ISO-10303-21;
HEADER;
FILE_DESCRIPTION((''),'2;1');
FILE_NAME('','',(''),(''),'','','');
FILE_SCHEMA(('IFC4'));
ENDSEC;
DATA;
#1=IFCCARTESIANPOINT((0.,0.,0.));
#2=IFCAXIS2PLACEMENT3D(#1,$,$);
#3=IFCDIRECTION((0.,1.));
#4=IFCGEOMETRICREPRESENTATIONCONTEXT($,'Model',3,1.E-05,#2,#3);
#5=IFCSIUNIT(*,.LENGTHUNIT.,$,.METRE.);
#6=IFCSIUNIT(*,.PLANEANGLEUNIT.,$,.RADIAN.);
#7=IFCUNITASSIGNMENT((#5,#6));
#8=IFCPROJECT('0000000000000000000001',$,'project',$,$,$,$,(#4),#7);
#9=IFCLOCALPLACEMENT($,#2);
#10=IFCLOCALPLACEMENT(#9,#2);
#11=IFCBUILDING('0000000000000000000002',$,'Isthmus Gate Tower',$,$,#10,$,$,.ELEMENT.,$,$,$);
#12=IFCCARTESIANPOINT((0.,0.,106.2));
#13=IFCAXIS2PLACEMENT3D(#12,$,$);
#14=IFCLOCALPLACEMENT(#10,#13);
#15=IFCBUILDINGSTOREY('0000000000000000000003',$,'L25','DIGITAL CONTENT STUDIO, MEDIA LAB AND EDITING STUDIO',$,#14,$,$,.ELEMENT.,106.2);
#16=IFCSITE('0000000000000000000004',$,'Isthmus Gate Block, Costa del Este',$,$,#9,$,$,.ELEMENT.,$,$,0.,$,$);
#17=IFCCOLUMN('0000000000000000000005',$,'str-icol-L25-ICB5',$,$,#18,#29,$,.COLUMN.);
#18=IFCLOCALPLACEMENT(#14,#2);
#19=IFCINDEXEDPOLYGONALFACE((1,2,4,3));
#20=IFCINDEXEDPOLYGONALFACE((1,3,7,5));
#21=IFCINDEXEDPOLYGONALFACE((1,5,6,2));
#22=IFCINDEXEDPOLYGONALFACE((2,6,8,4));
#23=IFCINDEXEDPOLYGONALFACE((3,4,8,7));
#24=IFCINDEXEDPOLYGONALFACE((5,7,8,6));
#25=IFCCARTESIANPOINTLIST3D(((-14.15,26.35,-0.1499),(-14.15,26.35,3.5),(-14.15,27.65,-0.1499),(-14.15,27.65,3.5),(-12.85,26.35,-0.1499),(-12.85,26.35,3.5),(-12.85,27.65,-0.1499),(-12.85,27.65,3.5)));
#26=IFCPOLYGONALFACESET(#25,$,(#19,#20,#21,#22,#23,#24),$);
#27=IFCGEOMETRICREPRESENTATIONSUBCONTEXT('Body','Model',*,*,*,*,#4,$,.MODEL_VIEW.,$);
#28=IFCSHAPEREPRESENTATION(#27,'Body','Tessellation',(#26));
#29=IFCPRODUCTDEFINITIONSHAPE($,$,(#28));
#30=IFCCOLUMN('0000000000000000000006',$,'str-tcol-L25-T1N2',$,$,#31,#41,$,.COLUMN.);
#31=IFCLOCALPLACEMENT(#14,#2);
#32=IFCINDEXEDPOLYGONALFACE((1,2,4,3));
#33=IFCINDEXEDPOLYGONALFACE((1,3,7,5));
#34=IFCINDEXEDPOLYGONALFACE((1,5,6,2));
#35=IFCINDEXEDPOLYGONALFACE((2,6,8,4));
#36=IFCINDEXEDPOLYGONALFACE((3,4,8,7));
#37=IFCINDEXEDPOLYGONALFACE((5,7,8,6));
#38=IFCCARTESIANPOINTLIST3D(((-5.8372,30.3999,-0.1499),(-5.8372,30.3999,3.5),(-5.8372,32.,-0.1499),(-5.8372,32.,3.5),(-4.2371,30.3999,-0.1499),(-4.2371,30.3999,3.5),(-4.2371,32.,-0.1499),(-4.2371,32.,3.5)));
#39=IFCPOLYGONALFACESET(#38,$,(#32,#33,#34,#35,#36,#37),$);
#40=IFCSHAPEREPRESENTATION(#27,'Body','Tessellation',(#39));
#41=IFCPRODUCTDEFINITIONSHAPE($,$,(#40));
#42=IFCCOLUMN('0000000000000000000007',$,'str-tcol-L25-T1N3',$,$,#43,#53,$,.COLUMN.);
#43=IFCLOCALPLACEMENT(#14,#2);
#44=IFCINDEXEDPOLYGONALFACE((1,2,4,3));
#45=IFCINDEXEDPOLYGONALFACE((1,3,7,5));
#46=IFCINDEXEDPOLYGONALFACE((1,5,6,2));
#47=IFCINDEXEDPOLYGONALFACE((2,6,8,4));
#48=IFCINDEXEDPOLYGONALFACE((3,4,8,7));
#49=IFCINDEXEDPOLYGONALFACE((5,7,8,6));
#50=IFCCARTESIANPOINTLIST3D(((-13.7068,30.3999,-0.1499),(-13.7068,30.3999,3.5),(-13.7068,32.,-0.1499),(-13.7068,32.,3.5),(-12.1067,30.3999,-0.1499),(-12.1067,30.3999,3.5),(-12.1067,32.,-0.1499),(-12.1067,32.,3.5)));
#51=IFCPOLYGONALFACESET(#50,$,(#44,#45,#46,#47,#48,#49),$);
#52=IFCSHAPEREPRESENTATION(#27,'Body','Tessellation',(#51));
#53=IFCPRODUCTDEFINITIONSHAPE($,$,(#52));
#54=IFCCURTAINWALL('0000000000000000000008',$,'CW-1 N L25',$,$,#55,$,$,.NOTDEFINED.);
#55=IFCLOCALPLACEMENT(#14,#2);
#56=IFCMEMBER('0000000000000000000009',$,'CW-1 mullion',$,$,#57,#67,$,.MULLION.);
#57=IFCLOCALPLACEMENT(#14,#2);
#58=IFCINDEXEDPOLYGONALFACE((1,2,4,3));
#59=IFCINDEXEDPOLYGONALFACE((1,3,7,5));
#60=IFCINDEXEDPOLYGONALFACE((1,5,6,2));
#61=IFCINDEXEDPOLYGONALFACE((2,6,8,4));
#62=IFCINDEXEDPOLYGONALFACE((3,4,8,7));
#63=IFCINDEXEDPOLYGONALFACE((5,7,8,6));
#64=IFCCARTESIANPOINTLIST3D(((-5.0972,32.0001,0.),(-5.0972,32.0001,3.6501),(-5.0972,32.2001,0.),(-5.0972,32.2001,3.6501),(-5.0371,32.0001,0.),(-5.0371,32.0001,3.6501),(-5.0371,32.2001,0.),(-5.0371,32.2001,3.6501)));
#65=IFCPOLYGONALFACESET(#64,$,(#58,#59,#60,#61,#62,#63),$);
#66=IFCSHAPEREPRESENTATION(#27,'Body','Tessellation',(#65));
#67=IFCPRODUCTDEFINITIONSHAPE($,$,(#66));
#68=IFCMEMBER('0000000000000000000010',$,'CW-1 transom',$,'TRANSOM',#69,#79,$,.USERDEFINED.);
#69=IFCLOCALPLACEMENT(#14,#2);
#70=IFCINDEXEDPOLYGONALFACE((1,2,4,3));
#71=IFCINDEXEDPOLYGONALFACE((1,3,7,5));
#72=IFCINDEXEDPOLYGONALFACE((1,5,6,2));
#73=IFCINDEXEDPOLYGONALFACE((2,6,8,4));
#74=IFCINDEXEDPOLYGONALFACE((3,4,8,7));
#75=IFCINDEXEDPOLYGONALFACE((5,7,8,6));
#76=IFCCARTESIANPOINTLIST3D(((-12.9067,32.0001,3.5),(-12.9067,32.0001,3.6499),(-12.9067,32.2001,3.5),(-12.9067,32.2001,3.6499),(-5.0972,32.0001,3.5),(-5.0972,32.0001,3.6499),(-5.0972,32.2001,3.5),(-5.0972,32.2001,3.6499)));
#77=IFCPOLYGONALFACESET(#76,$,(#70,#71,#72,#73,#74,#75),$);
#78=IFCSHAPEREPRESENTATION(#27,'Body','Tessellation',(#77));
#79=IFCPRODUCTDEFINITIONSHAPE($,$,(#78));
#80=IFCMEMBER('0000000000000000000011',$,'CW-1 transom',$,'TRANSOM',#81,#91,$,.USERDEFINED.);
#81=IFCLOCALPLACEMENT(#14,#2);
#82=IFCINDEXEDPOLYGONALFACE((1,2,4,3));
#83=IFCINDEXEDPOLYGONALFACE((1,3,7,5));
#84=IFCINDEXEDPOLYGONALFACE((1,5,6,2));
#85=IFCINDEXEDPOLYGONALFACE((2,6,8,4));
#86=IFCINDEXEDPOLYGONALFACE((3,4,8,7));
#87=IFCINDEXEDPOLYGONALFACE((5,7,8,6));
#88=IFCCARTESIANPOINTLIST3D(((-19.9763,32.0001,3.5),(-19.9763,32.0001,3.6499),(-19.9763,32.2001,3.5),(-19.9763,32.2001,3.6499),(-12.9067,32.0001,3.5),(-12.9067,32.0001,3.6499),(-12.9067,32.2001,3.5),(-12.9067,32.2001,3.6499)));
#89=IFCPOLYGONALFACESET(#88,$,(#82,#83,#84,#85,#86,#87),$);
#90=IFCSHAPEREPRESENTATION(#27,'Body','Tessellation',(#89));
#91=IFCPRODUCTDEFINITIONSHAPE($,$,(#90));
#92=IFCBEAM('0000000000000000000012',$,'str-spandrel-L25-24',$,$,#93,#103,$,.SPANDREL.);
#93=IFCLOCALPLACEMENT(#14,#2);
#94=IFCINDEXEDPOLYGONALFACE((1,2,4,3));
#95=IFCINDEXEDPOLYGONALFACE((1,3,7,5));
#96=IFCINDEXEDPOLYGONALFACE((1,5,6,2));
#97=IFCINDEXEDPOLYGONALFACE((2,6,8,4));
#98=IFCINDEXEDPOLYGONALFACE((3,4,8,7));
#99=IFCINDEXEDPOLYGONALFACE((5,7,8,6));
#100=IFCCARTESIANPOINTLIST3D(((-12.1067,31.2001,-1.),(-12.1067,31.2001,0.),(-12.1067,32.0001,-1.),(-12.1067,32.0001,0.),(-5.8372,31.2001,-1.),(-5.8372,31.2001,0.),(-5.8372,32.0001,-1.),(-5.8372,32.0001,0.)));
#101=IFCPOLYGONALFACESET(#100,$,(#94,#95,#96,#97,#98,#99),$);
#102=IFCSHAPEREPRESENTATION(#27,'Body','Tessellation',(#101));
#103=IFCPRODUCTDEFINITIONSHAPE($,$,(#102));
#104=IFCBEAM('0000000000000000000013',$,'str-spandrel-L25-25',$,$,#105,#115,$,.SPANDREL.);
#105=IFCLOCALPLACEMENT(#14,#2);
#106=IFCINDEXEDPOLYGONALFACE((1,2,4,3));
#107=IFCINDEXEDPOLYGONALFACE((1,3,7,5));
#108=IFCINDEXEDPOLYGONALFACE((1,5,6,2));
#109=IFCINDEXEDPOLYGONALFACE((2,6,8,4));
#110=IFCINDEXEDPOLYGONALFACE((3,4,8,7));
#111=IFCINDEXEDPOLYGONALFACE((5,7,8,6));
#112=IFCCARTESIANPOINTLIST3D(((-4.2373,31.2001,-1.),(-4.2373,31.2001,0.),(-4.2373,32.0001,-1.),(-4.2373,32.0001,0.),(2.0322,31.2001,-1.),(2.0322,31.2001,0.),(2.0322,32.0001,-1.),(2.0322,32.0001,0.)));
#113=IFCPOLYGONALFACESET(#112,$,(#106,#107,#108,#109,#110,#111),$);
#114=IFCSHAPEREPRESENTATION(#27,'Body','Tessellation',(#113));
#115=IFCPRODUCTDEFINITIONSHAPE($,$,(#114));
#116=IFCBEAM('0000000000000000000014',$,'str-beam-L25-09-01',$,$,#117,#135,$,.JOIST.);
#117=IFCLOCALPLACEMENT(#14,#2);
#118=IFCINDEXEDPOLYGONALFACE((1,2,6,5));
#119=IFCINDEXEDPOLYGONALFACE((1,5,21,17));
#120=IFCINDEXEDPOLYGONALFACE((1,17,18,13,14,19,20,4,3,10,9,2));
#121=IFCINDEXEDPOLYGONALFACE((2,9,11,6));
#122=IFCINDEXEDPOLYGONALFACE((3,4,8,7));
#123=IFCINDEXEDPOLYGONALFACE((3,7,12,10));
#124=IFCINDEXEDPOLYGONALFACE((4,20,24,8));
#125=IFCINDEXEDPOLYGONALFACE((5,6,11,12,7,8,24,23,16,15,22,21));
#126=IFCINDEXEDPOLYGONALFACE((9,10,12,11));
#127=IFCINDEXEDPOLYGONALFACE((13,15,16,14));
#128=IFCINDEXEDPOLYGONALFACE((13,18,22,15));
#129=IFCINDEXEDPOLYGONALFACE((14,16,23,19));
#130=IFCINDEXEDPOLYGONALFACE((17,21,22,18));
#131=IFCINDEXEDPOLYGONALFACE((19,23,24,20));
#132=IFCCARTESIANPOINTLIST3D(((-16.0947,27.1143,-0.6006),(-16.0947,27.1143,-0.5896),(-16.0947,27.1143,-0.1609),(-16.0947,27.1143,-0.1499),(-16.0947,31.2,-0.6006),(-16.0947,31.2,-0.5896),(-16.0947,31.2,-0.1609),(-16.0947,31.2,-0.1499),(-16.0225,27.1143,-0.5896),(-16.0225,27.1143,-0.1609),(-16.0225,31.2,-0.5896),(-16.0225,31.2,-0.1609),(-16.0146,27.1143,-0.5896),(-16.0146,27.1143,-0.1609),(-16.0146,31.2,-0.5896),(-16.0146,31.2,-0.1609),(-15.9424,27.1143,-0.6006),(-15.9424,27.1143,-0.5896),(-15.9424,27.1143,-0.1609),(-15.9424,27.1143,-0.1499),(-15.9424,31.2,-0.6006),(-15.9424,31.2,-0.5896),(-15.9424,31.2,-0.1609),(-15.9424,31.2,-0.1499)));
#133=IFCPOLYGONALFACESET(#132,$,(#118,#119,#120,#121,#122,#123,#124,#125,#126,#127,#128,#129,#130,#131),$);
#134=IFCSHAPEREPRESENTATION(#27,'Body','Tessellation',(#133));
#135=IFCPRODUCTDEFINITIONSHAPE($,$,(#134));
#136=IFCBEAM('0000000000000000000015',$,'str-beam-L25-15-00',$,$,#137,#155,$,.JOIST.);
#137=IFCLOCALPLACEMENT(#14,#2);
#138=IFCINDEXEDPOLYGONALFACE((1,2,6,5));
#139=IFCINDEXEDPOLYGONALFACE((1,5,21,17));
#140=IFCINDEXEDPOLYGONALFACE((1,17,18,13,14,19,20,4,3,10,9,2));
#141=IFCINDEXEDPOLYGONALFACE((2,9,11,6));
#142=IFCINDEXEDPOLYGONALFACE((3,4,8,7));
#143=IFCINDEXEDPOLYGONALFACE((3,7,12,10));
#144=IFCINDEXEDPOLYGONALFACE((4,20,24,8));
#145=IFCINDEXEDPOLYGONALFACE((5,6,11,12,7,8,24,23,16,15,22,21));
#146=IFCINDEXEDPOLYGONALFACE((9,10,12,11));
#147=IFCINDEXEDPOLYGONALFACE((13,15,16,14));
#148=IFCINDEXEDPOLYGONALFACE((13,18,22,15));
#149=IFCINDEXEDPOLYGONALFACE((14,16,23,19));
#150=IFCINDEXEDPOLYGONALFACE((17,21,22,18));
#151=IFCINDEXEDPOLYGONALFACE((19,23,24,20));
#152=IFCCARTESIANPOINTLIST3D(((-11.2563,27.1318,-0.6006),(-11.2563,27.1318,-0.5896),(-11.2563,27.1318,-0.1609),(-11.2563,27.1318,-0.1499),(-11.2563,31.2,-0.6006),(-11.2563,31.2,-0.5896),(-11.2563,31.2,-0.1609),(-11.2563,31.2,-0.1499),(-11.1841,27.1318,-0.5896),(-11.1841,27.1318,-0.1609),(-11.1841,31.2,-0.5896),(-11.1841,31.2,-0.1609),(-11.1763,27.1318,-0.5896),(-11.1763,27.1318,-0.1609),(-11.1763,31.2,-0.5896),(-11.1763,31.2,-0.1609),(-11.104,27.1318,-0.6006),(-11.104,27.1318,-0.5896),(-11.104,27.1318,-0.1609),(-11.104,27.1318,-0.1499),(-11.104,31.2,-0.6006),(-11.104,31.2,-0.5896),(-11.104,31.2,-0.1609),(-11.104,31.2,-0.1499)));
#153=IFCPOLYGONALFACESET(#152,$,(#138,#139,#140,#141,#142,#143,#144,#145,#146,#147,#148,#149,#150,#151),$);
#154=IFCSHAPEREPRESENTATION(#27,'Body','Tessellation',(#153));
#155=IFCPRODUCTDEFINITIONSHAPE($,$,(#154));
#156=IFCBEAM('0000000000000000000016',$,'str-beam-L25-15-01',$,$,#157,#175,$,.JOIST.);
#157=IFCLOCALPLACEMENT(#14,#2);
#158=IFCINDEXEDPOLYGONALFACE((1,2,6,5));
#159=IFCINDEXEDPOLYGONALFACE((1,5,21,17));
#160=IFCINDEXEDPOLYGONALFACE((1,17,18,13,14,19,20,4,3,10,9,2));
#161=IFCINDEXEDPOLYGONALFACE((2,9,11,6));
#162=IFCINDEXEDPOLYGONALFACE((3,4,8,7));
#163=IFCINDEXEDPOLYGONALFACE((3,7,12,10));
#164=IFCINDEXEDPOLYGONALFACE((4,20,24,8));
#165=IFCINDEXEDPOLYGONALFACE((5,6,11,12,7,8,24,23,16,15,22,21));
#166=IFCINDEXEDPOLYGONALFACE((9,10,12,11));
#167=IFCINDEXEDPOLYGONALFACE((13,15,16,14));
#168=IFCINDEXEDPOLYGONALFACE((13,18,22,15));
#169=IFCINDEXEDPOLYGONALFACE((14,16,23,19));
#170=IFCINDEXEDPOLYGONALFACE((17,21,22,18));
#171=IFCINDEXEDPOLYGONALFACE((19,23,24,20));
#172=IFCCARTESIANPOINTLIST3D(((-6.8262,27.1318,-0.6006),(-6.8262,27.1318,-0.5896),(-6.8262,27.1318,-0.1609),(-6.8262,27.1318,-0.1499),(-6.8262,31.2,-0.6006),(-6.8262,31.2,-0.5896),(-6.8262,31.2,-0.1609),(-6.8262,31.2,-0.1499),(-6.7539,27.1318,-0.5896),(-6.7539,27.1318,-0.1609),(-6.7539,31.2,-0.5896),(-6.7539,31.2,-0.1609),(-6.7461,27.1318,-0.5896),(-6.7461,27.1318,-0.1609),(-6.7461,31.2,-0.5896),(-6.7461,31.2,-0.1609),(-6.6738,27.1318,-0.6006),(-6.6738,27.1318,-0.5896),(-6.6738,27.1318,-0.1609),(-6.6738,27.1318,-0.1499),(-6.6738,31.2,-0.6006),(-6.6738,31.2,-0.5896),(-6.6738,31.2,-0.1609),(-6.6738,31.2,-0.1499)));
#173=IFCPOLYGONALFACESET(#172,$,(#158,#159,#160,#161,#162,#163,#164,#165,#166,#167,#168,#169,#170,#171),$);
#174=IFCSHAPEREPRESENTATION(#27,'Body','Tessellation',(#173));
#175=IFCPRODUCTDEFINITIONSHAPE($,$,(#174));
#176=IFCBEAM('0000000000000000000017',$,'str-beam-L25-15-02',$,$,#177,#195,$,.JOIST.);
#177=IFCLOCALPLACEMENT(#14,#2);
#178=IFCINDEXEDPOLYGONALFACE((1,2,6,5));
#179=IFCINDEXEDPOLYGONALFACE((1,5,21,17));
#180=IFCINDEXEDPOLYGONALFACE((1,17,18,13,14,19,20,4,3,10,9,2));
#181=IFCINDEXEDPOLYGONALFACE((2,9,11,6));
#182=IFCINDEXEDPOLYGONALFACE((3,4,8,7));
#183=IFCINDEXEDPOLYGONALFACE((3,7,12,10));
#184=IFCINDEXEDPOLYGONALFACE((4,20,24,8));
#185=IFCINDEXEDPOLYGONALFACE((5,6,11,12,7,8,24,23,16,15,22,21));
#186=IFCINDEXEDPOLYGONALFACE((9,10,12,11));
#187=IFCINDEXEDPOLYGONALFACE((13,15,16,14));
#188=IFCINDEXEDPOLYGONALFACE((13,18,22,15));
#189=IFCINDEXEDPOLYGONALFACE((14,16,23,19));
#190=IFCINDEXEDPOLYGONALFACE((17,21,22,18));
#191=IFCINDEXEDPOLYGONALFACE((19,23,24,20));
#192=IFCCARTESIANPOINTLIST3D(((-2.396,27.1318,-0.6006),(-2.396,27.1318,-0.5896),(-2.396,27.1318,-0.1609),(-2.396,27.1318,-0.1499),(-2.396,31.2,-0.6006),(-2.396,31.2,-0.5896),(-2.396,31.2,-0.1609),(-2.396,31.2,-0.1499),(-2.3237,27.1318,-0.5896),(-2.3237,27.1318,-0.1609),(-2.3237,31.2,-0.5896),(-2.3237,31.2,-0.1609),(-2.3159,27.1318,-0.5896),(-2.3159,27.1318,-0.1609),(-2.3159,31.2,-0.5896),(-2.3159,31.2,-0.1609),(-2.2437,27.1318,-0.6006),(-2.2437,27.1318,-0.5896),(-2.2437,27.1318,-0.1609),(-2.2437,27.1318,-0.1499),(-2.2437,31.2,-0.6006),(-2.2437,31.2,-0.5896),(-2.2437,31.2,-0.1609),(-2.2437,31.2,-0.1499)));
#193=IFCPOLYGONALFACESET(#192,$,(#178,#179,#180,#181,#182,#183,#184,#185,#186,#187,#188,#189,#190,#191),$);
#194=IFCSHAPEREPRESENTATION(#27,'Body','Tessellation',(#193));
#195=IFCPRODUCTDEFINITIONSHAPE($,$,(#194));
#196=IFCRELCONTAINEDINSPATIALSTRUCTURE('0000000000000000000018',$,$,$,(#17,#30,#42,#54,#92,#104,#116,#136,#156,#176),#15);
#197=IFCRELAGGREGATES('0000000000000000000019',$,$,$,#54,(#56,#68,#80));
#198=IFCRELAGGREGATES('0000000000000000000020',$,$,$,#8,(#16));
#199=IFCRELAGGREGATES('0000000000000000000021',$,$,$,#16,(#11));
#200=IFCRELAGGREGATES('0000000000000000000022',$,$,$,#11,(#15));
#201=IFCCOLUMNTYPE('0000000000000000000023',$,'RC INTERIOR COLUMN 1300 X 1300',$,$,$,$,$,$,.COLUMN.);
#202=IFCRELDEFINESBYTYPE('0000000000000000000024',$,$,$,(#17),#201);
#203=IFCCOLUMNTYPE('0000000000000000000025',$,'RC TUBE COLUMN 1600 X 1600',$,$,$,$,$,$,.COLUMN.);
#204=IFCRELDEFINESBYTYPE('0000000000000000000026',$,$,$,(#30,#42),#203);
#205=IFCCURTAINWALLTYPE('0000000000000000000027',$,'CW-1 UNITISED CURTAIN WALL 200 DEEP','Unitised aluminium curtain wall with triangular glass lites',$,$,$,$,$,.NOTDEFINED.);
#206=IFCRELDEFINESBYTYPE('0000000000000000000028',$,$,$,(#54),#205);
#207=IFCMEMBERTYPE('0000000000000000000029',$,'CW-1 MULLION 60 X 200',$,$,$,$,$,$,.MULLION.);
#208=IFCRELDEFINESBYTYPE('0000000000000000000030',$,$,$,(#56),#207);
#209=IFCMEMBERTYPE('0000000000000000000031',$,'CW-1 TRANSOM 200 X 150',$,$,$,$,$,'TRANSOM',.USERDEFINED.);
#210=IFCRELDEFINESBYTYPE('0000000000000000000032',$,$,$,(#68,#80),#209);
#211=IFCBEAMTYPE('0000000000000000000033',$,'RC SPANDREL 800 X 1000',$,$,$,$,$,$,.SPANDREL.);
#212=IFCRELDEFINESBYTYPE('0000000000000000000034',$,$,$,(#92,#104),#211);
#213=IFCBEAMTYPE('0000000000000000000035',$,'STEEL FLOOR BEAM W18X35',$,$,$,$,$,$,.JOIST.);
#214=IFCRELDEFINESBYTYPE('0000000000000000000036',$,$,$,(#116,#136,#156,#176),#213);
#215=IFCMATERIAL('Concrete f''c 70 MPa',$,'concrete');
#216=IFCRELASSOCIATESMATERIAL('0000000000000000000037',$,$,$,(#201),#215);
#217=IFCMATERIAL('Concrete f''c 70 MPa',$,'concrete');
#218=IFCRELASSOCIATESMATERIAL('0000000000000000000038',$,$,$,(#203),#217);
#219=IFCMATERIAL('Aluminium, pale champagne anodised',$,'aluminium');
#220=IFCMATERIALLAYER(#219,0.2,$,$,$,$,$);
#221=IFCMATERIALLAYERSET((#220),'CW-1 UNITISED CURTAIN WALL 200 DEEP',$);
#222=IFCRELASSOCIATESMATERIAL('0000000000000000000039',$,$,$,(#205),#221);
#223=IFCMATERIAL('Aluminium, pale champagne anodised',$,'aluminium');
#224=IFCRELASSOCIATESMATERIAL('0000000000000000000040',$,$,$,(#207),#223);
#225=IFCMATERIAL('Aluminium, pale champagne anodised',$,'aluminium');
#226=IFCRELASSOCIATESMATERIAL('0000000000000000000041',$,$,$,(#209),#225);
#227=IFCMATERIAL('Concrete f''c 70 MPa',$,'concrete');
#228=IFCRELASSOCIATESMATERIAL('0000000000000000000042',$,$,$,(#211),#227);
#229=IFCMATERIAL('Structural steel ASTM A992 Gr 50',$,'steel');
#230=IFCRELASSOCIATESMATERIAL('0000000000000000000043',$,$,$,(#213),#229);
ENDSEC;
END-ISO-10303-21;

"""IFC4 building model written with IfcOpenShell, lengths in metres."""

from ifc_helpers import new_model, si_unit, direction, frame, origin, origin_2d, place, context, subcontext, project, spatial, rectangle, i_section, extrude, material, layer, layer_set, material_profile, profile_set, type_object, element, aggregate, save


model = new_model("IFC4")

# Units and contexts
model_context = context("Model", 3, precision=1e-05, world=origin(), true_north=direction((0.0, 1.0)))
body_context = subcontext(model_context, "Body", "Model", "MODEL_VIEW")
ifc_project = project(units=[si_unit("LENGTHUNIT", "METRE"), si_unit("PLANEANGLEUNIT", "RADIAN")], contexts=[model_context])

# Site, building, storey
site_placement = place(None, origin())
site = spatial("IfcSite", under=ifc_project, at=site_placement, Name="Isthmus Gate Block, Costa del Este", CompositionType="ELEMENT", RefElevation=0.0)
building_placement = place(site_placement, origin())
building = spatial("IfcBuilding", under=site, at=building_placement, Name="Isthmus Gate Tower", CompositionType="ELEMENT")
storey_placement = place(building_placement, frame((0.0, 0.0, 106.2)))
storey = spatial("IfcBuildingStorey", under=building, at=storey_placement, Name="L25", Description="DIGITAL CONTENT STUDIO, MEDIA LAB AND EDITING STUDIO", CompositionType="ELEMENT", Elevation=106.2)

# Columns
ifc_material_1 = material(Name="Concrete f'c 70 MPa", Category="concrete")
ifc_material_profile_1 = material_profile(ifc_material_1, rectangle(XDim=1.3, YDim=1.3, at=origin_2d()), Name="RC 1300X1300")
ifc_profile_set_1 = profile_set([ifc_material_profile_1], Name="Concrete f'c 70 MPa")
column_type_1 = type_object("IfcColumnType", Name="RC INTERIOR COLUMN 1300 X 1300", PredefinedType="COLUMN", material=ifc_profile_set_1)
column_placement = place(storey_placement, frame((-13.5, 27.0, -0.1499), z_axis=(0.0, 0.0, 1.0), x_axis=(1.0, 0.0, 0.0)))
element("IfcColumn", 1, at=column_placement, inside=storey, type_object=column_type_1, Name="str-icol-L25-ICB5", PredefinedType="COLUMN", context=body_context, shape_type="SweptSolid", body=[
    extrude(rectangle(XDim=1.3, YDim=1.3, at=origin_2d()), origin(), (0.0, 0.0, 1.0), 3.6499),
])
ifc_material_2 = material(Name="Concrete f'c 70 MPa", Category="concrete")
ifc_material_profile_2 = material_profile(ifc_material_2, rectangle(XDim=1.6001, YDim=1.6001, at=origin_2d()), Name="RC 1600X1600")
ifc_profile_set_2 = profile_set([ifc_material_profile_2], Name="Concrete f'c 70 MPa")
column_type_2 = type_object("IfcColumnType", Name="RC TUBE COLUMN 1600 X 1600", PredefinedType="COLUMN", material=ifc_profile_set_2)
for number, where, z_axis, x_axis, name in (
    (2, (-5.0371, 31.2, -0.1499), (0.0, 0.0, 1.0), (-1.0, 0.0, 0.0), "str-tcol-L25-T1N2"),
    (3, (-12.9067, 31.2, -0.1499), (0.0, 0.0, 1.0), (-1.0, 0.0, 0.0), "str-tcol-L25-T1N3"),
):
    element("IfcColumn", number, at=place(storey_placement, frame(where, z_axis=z_axis, x_axis=x_axis)), inside=storey, type_object=column_type_2, Name=name, PredefinedType="COLUMN", context=body_context, shape_type="SweptSolid", body=[
        extrude(rectangle(XDim=1.6001, YDim=1.6001, at=origin_2d()), origin(), (0.0, 0.0, 1.0), 3.6499),
    ])

# Curtain wall, members
ifc_material_3 = material(Name="Aluminium, pale champagne anodised", Category="aluminium")
ifc_layer_1 = layer(ifc_material_3, 0.2)
ifc_layer_set_1 = layer_set([ifc_layer_1], Name="CW-1 UNITISED CURTAIN WALL 200 DEEP")
curtain_wall_type = type_object("IfcCurtainWallType", Name="CW-1 UNITISED CURTAIN WALL 200 DEEP", Description="Unitised aluminium curtain wall with triangular glass lites", PredefinedType="NOTDEFINED", material=ifc_layer_set_1)
curtain_wall_placement = place(storey_placement, origin())
curtain_wall = element("IfcCurtainWall", 4, at=curtain_wall_placement, inside=storey, type_object=curtain_wall_type, Name="CW-1 N L25", PredefinedType="NOTDEFINED")
ifc_material_4 = material(Name="Aluminium, pale champagne anodised", Category="aluminium")
ifc_material_profile_3 = material_profile(ifc_material_4, rectangle(XDim=0.0601, YDim=0.2, at=origin_2d()), Name="60x200")
ifc_profile_set_3 = profile_set([ifc_material_profile_3], Name="Aluminium, pale champagne anodised")
member_type_1 = type_object("IfcMemberType", Name="CW-1 MULLION 60 X 200", PredefinedType="MULLION", material=ifc_profile_set_3)
member_1_placement = place(storey_placement, frame((-5.0671, 32.1001, 0.0), z_axis=(0.0, 0.0, 1.0), x_axis=(-1.0, 0.0, 0.0)))
member_1 = element("IfcMember", 5, at=member_1_placement, type_object=member_type_1, Name="CW-1 mullion", PredefinedType="MULLION", context=body_context, shape_type="SweptSolid", body=[
    extrude(rectangle(XDim=0.0601, YDim=0.2, at=origin_2d()), origin(), (0.0, 0.0, 1.0), 3.6501),
])
ifc_material_5 = material(Name="Aluminium, pale champagne anodised", Category="aluminium")
ifc_material_profile_4 = material_profile(ifc_material_5, rectangle(XDim=0.2, YDim=0.1499, at=origin_2d()), Name="200x150")
ifc_profile_set_4 = profile_set([ifc_material_profile_4], Name="Aluminium, pale champagne anodised")
member_type_2 = type_object("IfcMemberType", Name="CW-1 TRANSOM 200 X 150", ElementType="TRANSOM", PredefinedType="USERDEFINED", material=ifc_profile_set_4)
member_2_placement = place(storey_placement, frame((-5.0972, 32.1001, 3.575), z_axis=(-1.0, 0.0, 0.0), x_axis=(0.0, -1.0, 0.0)))
member_2 = element("IfcMember", 6, at=member_2_placement, type_object=member_type_2, Name="CW-1 transom", ObjectType="TRANSOM", PredefinedType="USERDEFINED", context=body_context, shape_type="SweptSolid", body=[
    extrude(rectangle(XDim=0.2, YDim=0.1499, at=origin_2d()), origin(), (0.0, 0.0, 1.0), 7.8096),
])
member_3_placement = place(storey_placement, frame((-12.9067, 32.1001, 3.575), z_axis=(-1.0, 0.0, 0.0), x_axis=(0.0, -1.0, 0.0)))
member_3 = element("IfcMember", 7, at=member_3_placement, type_object=member_type_2, Name="CW-1 transom", ObjectType="TRANSOM", PredefinedType="USERDEFINED", context=body_context, shape_type="SweptSolid", body=[
    extrude(rectangle(XDim=0.2, YDim=0.1499, at=origin_2d()), origin(), (0.0, 0.0, 1.0), 7.0696),
])

# Beams
ifc_material_6 = material(Name="Concrete f'c 70 MPa", Category="concrete")
ifc_material_profile_5 = material_profile(ifc_material_6, rectangle(XDim=0.8, YDim=1.0, at=origin_2d()), Name="RC 800X1000")
ifc_profile_set_5 = profile_set([ifc_material_profile_5], Name="Concrete f'c 70 MPa")
beam_type_1 = type_object("IfcBeamType", Name="RC SPANDREL 800 X 1000", PredefinedType="SPANDREL", material=ifc_profile_set_5)
for number, where, z_axis, x_axis, name in (
    (8, (-12.1067, 31.6001, -0.5), (1.0, 0.0, 0.0), (0.0, 1.0, 0.0), "str-spandrel-L25-24"),
    (9, (-4.2373, 31.6001, -0.5), (1.0, 0.0, 0.0), (0.0, 1.0, 0.0), "str-spandrel-L25-25"),
):
    element("IfcBeam", number, at=place(storey_placement, frame(where, z_axis=z_axis, x_axis=x_axis)), inside=storey, type_object=beam_type_1, Name=name, PredefinedType="SPANDREL", context=body_context, shape_type="SweptSolid", body=[
        extrude(rectangle(XDim=0.8, YDim=1.0, at=origin_2d()), origin(), (0.0, 0.0, 1.0), 6.2695),
    ])
ifc_material_7 = material(Name="Structural steel ASTM A992 Gr 50", Category="steel")
ifc_material_profile_6 = material_profile(ifc_material_7, i_section(OverallWidth=0.1523, OverallDepth=0.4507, WebThickness=0.0078, FlangeThickness=0.011, at=origin_2d()), Name="W18X35")
ifc_profile_set_6 = profile_set([ifc_material_profile_6], Name="Structural steel ASTM A992 Gr 50")
beam_type_2 = type_object("IfcBeamType", Name="STEEL FLOOR BEAM W18X35", PredefinedType="JOIST", material=ifc_profile_set_6)
beam_1_placement = place(storey_placement, frame((-16.0186, 27.1143, -0.3752), z_axis=(0.0, 1.0, 0.0), x_axis=(-1.0, 0.0, 0.0)))
element("IfcBeam", 10, at=beam_1_placement, inside=storey, type_object=beam_type_2, Name="str-beam-L25-09-01", PredefinedType="JOIST", context=body_context, shape_type="SweptSolid", body=[
    extrude(i_section(OverallWidth=0.1523, OverallDepth=0.4507, WebThickness=0.0078, FlangeThickness=0.011, at=origin_2d()), origin(), (0.0, 0.0, 1.0), 4.0857),
])
for number, where, z_axis, x_axis, name in (
    (11, (-11.1802, 27.1318, -0.3752), (0.0, 1.0, 0.0), (-1.0, 0.0, 0.0), "str-beam-L25-15-00"),
    (12, (-6.75, 27.1318, -0.3752), (0.0, 1.0, 0.0), (-1.0, 0.0, 0.0), "str-beam-L25-15-01"),
    (13, (-2.3198, 27.1318, -0.3752), (0.0, 1.0, 0.0), (-1.0, 0.0, 0.0), "str-beam-L25-15-02"),
):
    element("IfcBeam", number, at=place(storey_placement, frame(where, z_axis=z_axis, x_axis=x_axis)), inside=storey, type_object=beam_type_2, Name=name, PredefinedType="JOIST", context=body_context, shape_type="SweptSolid", body=[
        extrude(i_section(OverallWidth=0.1523, OverallDepth=0.4507, WebThickness=0.0078, FlangeThickness=0.011, at=origin_2d()), origin(), (0.0, 0.0, 1.0), 4.0681),
    ])

aggregate(curtain_wall, [member_1, member_2, member_3])

save(model, "model.ifc")
